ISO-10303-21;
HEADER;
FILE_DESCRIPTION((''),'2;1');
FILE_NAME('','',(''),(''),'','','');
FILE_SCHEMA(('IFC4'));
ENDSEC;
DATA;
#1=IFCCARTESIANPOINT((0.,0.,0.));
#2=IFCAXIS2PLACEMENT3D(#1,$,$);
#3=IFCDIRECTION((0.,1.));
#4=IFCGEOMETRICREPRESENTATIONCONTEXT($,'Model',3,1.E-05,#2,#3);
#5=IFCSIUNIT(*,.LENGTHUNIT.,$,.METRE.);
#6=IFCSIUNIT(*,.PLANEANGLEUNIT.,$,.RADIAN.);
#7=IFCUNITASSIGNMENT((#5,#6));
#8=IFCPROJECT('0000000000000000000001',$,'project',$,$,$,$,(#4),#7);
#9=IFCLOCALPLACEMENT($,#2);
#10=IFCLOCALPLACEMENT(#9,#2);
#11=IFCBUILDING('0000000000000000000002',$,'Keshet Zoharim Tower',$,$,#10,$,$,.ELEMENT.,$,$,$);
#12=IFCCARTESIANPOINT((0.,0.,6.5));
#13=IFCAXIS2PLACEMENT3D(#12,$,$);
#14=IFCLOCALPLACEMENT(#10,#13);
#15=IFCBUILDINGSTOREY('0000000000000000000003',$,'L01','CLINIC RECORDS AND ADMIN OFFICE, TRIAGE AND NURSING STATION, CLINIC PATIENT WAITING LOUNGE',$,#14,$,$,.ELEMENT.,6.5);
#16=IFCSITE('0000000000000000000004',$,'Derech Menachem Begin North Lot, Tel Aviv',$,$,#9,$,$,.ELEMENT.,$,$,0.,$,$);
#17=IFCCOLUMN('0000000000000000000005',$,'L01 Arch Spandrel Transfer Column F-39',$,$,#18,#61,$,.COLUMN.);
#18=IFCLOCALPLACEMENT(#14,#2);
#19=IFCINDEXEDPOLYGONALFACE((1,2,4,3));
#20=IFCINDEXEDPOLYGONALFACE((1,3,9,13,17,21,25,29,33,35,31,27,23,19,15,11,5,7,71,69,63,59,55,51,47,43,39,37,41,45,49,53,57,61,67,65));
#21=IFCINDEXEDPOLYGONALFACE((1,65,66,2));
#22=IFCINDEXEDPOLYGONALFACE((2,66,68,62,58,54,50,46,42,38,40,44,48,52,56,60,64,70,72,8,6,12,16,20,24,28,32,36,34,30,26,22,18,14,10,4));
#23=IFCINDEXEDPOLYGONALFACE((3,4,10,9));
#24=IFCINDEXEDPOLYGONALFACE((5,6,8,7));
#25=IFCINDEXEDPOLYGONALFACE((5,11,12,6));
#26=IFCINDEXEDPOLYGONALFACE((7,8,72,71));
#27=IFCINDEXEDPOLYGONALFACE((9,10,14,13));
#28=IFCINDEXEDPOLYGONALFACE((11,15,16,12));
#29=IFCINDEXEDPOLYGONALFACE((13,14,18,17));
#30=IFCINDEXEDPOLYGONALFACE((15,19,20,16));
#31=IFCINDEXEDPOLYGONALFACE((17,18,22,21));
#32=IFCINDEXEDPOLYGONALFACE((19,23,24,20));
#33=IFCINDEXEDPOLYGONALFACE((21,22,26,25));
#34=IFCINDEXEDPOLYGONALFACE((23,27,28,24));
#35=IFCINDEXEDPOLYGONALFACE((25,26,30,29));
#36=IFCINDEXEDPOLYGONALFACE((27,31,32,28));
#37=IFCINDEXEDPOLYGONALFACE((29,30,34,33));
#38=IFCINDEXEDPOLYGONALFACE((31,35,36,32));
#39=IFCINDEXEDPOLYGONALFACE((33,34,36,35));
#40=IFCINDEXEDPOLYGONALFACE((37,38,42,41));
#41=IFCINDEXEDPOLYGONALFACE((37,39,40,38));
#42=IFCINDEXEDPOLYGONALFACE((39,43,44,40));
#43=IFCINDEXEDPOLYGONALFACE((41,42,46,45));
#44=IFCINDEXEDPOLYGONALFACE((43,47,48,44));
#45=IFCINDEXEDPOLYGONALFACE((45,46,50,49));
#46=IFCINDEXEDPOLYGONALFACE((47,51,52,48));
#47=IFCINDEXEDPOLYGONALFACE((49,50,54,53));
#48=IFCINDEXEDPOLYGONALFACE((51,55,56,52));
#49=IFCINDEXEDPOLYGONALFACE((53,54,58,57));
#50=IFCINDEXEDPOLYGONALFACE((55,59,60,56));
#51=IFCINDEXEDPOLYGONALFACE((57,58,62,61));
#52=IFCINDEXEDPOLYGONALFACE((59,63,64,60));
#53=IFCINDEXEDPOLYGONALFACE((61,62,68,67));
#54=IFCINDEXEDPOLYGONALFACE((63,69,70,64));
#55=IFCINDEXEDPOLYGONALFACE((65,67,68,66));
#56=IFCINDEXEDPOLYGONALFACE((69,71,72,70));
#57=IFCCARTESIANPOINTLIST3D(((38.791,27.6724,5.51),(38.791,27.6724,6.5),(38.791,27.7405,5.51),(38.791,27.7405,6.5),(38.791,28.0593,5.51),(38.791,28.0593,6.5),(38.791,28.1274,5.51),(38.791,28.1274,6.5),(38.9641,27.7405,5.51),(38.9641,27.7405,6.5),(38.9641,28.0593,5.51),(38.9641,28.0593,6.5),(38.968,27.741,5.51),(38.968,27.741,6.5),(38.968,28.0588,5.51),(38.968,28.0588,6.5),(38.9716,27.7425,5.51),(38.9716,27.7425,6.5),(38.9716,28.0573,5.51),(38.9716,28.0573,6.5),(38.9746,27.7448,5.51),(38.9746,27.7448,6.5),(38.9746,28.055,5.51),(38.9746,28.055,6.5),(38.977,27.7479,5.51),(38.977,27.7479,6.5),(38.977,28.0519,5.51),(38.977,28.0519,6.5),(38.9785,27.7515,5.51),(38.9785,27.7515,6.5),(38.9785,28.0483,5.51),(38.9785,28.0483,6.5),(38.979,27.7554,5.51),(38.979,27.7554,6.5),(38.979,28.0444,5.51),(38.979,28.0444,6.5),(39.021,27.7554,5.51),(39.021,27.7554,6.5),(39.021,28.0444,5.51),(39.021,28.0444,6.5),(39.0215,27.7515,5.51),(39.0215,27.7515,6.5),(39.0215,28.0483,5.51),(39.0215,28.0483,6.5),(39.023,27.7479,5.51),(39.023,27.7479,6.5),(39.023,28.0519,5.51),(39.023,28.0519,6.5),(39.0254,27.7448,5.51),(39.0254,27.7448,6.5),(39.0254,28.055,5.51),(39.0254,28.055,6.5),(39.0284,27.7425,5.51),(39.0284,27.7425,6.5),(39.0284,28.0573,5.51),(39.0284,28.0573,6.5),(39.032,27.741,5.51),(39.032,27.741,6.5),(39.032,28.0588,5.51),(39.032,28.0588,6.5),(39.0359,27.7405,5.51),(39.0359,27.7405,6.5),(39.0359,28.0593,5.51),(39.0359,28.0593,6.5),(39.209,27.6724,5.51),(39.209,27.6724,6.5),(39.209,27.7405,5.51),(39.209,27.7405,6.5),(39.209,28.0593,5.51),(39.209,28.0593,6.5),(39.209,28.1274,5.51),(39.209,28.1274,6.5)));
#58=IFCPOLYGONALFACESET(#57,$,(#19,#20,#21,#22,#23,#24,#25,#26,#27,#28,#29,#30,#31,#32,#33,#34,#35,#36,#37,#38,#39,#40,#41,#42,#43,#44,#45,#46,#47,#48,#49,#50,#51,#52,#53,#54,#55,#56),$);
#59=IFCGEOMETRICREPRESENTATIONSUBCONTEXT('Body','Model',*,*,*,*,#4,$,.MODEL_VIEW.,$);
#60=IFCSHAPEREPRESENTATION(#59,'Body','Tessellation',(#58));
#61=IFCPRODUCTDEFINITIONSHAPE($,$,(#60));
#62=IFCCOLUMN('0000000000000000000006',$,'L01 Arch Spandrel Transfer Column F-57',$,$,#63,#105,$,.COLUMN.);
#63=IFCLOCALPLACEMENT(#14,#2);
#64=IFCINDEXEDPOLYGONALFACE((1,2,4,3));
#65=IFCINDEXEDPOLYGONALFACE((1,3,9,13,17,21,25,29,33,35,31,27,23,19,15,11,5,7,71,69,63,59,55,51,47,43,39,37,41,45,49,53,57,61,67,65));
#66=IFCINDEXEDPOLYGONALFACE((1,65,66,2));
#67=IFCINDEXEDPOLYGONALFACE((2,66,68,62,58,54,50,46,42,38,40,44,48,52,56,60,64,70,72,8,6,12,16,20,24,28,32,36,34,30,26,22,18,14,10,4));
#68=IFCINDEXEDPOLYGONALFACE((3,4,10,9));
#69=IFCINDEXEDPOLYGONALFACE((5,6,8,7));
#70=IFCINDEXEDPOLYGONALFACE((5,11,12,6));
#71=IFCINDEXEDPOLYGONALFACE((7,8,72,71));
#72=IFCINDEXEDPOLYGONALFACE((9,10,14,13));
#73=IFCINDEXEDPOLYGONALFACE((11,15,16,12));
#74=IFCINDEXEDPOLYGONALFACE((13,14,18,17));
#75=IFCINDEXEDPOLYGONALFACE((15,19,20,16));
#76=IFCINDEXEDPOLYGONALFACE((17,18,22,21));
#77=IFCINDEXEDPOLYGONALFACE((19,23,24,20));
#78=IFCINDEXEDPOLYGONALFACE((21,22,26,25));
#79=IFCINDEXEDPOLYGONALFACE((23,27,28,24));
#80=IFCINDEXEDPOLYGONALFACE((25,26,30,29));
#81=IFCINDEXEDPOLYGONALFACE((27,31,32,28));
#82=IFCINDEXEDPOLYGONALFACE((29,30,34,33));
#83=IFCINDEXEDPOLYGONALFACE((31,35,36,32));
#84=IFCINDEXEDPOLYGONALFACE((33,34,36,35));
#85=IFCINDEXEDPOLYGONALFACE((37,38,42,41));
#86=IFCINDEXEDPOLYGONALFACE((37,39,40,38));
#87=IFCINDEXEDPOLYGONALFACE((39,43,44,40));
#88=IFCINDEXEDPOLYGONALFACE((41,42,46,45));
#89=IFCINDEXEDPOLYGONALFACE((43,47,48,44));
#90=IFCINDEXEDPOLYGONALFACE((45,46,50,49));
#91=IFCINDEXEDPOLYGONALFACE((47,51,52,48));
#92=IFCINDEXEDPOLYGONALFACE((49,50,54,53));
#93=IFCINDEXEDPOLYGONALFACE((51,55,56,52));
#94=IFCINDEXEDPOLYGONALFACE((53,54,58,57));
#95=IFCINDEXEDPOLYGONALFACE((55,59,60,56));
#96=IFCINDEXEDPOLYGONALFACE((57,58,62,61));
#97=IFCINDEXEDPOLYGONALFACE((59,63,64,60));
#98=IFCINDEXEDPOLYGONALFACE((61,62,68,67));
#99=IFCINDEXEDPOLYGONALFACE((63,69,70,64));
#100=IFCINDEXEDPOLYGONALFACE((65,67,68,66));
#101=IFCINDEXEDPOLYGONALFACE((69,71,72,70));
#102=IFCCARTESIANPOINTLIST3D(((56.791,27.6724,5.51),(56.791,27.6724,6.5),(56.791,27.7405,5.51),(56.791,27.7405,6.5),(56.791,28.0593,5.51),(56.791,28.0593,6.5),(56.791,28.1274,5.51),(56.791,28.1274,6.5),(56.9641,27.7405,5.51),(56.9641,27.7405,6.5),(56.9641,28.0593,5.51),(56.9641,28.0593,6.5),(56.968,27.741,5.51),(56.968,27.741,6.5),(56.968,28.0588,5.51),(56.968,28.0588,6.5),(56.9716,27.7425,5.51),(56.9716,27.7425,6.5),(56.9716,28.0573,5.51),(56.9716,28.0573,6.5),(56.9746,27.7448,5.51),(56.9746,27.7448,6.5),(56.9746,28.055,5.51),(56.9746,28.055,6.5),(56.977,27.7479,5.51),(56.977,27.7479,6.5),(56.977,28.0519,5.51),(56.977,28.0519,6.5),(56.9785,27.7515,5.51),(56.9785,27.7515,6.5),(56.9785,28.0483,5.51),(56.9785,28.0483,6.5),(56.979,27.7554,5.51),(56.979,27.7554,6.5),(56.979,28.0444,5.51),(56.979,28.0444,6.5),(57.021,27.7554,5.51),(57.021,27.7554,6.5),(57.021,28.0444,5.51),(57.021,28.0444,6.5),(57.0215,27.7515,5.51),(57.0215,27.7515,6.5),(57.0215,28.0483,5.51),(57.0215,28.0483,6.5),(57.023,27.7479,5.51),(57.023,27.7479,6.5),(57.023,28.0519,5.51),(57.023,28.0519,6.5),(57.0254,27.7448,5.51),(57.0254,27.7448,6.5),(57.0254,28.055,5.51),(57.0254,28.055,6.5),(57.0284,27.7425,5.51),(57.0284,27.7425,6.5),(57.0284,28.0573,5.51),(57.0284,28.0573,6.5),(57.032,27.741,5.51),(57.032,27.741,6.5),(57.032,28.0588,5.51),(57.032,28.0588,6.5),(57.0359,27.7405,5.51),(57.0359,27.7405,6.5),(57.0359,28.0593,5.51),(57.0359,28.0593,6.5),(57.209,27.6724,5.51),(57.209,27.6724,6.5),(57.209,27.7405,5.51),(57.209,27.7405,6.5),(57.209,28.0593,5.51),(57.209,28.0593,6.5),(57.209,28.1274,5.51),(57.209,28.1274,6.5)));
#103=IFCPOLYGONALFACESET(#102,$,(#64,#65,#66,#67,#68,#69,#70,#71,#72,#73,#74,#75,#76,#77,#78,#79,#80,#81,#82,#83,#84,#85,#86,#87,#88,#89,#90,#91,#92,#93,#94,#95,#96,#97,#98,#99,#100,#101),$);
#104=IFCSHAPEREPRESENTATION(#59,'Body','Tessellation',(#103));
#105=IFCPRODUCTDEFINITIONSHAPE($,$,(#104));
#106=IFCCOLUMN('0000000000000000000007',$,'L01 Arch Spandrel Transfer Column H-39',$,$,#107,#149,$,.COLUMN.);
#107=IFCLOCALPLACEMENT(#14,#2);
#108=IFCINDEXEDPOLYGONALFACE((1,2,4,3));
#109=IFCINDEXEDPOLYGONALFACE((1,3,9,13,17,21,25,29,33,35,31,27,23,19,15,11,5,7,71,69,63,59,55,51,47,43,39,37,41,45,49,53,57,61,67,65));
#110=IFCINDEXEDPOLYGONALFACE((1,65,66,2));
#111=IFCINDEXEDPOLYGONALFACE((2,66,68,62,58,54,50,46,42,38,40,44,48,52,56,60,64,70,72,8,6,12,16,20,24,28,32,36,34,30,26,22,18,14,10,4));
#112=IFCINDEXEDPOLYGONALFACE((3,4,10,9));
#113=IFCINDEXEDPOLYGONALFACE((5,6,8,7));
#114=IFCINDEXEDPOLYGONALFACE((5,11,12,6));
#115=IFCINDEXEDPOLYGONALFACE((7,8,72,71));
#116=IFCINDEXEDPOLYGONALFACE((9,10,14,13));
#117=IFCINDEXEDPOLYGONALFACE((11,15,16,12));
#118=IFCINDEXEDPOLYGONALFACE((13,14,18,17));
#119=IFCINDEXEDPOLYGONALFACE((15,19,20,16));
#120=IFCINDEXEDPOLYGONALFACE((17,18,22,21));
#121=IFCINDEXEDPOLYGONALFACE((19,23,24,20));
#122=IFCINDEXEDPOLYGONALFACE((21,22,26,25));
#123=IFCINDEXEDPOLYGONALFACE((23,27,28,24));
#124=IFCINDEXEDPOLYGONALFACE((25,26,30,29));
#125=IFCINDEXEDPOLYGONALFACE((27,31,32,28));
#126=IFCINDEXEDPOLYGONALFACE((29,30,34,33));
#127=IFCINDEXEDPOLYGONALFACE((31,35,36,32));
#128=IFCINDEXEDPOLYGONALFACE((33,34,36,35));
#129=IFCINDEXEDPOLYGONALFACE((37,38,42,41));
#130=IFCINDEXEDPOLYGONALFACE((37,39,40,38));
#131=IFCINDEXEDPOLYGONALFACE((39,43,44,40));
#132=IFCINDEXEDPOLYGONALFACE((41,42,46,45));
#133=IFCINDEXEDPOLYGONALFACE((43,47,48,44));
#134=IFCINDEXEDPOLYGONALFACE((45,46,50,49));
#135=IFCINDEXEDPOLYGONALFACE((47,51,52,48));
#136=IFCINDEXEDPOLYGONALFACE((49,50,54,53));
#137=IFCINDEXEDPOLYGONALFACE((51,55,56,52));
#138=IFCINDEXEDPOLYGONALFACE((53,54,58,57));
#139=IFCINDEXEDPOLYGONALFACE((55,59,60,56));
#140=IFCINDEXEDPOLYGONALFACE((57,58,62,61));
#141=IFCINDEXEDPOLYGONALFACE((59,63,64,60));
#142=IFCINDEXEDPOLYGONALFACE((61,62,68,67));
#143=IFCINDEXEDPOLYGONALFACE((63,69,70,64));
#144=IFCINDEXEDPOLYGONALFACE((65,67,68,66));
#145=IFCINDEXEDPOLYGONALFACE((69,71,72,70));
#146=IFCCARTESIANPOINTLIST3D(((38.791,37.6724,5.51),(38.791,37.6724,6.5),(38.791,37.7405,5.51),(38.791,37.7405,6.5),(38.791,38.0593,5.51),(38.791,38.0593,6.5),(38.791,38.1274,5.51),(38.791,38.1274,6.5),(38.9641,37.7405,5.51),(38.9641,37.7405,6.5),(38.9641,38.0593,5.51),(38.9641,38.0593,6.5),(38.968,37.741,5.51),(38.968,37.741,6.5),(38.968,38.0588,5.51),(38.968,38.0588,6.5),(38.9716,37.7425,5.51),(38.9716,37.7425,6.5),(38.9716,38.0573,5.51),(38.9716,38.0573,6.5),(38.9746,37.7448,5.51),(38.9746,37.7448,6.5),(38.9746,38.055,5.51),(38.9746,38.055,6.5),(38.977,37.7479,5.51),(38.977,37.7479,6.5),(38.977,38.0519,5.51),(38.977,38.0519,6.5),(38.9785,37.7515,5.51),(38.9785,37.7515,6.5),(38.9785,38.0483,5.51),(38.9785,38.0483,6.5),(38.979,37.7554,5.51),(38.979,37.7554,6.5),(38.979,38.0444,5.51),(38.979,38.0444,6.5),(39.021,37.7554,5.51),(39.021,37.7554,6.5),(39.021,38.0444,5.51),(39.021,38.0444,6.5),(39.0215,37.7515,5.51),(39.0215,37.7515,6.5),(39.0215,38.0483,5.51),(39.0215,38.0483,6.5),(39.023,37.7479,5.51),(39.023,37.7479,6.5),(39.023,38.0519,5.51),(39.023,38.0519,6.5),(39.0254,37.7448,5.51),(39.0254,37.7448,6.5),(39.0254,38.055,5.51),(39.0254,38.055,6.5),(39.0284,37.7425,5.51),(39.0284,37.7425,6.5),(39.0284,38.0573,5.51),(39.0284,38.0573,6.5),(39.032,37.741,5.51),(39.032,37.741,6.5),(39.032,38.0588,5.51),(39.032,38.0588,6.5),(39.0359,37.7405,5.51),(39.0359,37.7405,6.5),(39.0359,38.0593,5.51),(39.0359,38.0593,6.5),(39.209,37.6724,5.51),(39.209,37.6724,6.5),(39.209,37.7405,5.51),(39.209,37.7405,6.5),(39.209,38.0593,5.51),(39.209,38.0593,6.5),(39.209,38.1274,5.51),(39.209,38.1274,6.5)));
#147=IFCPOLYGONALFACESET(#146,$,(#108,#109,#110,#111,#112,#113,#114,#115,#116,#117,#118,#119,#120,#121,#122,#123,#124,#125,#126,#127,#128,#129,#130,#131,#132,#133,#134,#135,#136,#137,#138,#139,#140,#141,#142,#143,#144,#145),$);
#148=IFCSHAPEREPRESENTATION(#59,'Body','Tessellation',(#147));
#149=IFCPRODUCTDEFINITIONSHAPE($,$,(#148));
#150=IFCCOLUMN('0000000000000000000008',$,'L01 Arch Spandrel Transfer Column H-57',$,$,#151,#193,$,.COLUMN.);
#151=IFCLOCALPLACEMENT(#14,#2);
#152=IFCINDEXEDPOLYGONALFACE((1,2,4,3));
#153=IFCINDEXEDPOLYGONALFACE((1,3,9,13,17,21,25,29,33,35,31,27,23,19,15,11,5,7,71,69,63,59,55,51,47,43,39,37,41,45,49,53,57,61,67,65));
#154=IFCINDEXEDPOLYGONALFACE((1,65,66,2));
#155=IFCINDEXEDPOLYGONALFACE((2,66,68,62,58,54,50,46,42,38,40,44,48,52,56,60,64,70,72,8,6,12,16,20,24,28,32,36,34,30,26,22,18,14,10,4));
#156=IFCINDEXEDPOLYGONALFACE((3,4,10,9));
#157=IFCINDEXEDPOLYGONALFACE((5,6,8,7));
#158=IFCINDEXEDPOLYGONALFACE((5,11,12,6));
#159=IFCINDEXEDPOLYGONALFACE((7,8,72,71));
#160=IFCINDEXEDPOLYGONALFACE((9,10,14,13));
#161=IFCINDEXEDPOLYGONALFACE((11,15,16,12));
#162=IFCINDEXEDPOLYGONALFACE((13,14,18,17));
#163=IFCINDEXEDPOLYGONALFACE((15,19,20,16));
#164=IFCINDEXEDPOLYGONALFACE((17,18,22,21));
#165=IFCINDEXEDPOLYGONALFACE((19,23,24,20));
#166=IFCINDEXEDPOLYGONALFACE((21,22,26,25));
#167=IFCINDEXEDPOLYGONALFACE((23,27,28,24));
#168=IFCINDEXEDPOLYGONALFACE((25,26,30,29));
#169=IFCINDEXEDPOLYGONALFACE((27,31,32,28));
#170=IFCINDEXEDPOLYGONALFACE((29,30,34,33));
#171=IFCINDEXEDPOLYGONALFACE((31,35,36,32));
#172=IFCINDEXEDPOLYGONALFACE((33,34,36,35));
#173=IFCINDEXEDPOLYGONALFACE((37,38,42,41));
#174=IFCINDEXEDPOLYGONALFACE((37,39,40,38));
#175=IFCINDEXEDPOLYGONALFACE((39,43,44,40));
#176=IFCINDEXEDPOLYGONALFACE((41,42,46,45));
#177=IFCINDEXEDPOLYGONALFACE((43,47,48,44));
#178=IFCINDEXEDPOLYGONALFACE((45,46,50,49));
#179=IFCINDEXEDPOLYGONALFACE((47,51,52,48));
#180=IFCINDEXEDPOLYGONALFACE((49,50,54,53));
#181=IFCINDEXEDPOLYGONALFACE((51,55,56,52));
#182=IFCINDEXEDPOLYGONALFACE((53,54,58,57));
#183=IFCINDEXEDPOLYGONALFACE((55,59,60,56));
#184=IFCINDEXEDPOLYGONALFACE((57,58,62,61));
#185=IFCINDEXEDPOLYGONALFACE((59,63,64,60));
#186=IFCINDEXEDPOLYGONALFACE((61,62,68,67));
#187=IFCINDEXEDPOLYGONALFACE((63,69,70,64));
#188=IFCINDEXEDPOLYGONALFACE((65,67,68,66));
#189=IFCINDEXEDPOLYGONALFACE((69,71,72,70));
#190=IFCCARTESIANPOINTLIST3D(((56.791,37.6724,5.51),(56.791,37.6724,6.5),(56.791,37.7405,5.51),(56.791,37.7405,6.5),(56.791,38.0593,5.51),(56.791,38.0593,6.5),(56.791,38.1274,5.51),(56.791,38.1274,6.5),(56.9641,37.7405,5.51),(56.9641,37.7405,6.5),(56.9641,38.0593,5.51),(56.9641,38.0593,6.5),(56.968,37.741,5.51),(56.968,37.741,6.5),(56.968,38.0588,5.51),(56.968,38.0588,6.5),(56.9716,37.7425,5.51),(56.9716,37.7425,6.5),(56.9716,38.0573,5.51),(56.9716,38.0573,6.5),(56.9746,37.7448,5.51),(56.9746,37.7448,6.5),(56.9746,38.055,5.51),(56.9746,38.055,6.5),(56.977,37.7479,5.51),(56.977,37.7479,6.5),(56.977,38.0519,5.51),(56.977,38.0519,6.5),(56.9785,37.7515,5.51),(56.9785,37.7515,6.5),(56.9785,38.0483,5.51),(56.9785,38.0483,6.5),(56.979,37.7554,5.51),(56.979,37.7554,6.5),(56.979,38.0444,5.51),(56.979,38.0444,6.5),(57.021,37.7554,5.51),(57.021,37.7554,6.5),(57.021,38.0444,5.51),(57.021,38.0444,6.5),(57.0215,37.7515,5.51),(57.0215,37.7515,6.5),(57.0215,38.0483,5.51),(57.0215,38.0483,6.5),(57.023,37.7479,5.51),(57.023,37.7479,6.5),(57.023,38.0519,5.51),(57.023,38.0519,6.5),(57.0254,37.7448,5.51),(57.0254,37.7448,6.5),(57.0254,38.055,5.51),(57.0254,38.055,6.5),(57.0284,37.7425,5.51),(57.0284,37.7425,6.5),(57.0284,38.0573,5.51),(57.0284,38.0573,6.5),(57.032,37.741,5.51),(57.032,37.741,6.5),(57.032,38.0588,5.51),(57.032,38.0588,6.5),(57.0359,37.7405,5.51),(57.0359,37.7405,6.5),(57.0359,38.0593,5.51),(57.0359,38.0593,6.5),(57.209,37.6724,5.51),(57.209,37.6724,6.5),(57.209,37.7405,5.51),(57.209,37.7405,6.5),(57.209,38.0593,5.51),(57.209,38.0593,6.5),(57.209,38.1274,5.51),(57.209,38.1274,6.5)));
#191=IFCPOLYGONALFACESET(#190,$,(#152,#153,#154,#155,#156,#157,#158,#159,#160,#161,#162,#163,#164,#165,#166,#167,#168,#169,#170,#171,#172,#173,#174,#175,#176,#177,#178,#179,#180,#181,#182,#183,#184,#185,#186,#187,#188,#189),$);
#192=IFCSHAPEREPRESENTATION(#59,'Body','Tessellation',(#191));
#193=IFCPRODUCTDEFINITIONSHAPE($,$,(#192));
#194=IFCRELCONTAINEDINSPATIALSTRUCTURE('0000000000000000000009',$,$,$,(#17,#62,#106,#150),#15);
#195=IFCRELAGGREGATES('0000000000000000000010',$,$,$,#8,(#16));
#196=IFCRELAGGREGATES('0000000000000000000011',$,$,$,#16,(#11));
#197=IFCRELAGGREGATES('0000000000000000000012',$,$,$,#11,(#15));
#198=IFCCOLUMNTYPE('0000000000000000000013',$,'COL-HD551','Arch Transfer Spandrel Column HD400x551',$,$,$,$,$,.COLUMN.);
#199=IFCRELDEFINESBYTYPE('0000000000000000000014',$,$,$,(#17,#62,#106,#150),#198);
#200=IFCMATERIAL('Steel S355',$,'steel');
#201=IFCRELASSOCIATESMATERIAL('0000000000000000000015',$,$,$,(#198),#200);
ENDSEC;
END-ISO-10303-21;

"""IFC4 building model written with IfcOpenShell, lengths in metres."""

from ifc_helpers import new_model, si_unit, direction, frame, origin, origin_2d, place, context, subcontext, project, spatial, i_section, extrude, material, material_profile, profile_set, type_object, element, save


model = new_model("IFC4")

# Units and contexts
model_context = context("Model", 3, precision=1e-05, world=origin(), true_north=direction((0.0, 1.0)))
body_context = subcontext(model_context, "Body", "Model", "MODEL_VIEW")
ifc_project = project(units=[si_unit("LENGTHUNIT", "METRE"), si_unit("PLANEANGLEUNIT", "RADIAN")], contexts=[model_context])

# Site, building, storey
site_placement = place(None, origin())
site = spatial("IfcSite", under=ifc_project, at=site_placement, Name="Derech Menachem Begin North Lot, Tel Aviv", CompositionType="ELEMENT", RefElevation=0.0)
building_placement = place(site_placement, origin())
building = spatial("IfcBuilding", under=site, at=building_placement, Name="Keshet Zoharim Tower", CompositionType="ELEMENT")
storey_placement = place(building_placement, frame((0.0, 0.0, 6.5)))
storey = spatial("IfcBuildingStorey", under=building, at=storey_placement, Name="L01", Description="CLINIC RECORDS AND ADMIN OFFICE, TRIAGE AND NURSING STATION, CLINIC PATIENT WAITING LOUNGE", CompositionType="ELEMENT", Elevation=6.5)

# Columns
ifc_material_1 = material(Name="Steel S355", Category="steel")
ifc_material_profile_1 = material_profile(ifc_material_1, i_section(OverallWidth=0.418, OverallDepth=0.4551, WebThickness=0.042, FlangeThickness=0.0681, FilletRadius=0.0149, at=origin_2d()), Name="HD400x551")
ifc_profile_set_1 = profile_set([ifc_material_profile_1], Name="Steel S355")
column_type_1 = type_object("IfcColumnType", Name="COL-HD551", Description="Arch Transfer Spandrel Column HD400x551", PredefinedType="COLUMN", material=ifc_profile_set_1)
for number, where, z_axis, x_axis, name in (
    (1, (39.0, 27.8999, 5.51), (0.0, 0.0, 1.0), (1.0, 0.0, 0.0), "L01 Arch Spandrel Transfer Column F-39"),
    (2, (57.0, 27.8999, 5.51), (0.0, 0.0, 1.0), (1.0, 0.0, 0.0), "L01 Arch Spandrel Transfer Column F-57"),
    (3, (39.0, 37.8999, 5.51), (0.0, 0.0, 1.0), (1.0, 0.0, 0.0), "L01 Arch Spandrel Transfer Column H-39"),
    (4, (57.0, 37.8999, 5.51), (0.0, 0.0, 1.0), (1.0, 0.0, 0.0), "L01 Arch Spandrel Transfer Column H-57"),
):
    element("IfcColumn", number, at=place(storey_placement, frame(where, z_axis=z_axis, x_axis=x_axis)), inside=storey, type_object=column_type_1, Name=name, PredefinedType="COLUMN", context=body_context, shape_type="SweptSolid", body=[
        extrude(i_section(OverallWidth=0.418, OverallDepth=0.4551, WebThickness=0.042, FlangeThickness=0.0681, FilletRadius=0.0149, at=origin_2d()), origin(), (0.0, 0.0, 1.0), 0.99),
    ])

save(model, "model.ifc")
